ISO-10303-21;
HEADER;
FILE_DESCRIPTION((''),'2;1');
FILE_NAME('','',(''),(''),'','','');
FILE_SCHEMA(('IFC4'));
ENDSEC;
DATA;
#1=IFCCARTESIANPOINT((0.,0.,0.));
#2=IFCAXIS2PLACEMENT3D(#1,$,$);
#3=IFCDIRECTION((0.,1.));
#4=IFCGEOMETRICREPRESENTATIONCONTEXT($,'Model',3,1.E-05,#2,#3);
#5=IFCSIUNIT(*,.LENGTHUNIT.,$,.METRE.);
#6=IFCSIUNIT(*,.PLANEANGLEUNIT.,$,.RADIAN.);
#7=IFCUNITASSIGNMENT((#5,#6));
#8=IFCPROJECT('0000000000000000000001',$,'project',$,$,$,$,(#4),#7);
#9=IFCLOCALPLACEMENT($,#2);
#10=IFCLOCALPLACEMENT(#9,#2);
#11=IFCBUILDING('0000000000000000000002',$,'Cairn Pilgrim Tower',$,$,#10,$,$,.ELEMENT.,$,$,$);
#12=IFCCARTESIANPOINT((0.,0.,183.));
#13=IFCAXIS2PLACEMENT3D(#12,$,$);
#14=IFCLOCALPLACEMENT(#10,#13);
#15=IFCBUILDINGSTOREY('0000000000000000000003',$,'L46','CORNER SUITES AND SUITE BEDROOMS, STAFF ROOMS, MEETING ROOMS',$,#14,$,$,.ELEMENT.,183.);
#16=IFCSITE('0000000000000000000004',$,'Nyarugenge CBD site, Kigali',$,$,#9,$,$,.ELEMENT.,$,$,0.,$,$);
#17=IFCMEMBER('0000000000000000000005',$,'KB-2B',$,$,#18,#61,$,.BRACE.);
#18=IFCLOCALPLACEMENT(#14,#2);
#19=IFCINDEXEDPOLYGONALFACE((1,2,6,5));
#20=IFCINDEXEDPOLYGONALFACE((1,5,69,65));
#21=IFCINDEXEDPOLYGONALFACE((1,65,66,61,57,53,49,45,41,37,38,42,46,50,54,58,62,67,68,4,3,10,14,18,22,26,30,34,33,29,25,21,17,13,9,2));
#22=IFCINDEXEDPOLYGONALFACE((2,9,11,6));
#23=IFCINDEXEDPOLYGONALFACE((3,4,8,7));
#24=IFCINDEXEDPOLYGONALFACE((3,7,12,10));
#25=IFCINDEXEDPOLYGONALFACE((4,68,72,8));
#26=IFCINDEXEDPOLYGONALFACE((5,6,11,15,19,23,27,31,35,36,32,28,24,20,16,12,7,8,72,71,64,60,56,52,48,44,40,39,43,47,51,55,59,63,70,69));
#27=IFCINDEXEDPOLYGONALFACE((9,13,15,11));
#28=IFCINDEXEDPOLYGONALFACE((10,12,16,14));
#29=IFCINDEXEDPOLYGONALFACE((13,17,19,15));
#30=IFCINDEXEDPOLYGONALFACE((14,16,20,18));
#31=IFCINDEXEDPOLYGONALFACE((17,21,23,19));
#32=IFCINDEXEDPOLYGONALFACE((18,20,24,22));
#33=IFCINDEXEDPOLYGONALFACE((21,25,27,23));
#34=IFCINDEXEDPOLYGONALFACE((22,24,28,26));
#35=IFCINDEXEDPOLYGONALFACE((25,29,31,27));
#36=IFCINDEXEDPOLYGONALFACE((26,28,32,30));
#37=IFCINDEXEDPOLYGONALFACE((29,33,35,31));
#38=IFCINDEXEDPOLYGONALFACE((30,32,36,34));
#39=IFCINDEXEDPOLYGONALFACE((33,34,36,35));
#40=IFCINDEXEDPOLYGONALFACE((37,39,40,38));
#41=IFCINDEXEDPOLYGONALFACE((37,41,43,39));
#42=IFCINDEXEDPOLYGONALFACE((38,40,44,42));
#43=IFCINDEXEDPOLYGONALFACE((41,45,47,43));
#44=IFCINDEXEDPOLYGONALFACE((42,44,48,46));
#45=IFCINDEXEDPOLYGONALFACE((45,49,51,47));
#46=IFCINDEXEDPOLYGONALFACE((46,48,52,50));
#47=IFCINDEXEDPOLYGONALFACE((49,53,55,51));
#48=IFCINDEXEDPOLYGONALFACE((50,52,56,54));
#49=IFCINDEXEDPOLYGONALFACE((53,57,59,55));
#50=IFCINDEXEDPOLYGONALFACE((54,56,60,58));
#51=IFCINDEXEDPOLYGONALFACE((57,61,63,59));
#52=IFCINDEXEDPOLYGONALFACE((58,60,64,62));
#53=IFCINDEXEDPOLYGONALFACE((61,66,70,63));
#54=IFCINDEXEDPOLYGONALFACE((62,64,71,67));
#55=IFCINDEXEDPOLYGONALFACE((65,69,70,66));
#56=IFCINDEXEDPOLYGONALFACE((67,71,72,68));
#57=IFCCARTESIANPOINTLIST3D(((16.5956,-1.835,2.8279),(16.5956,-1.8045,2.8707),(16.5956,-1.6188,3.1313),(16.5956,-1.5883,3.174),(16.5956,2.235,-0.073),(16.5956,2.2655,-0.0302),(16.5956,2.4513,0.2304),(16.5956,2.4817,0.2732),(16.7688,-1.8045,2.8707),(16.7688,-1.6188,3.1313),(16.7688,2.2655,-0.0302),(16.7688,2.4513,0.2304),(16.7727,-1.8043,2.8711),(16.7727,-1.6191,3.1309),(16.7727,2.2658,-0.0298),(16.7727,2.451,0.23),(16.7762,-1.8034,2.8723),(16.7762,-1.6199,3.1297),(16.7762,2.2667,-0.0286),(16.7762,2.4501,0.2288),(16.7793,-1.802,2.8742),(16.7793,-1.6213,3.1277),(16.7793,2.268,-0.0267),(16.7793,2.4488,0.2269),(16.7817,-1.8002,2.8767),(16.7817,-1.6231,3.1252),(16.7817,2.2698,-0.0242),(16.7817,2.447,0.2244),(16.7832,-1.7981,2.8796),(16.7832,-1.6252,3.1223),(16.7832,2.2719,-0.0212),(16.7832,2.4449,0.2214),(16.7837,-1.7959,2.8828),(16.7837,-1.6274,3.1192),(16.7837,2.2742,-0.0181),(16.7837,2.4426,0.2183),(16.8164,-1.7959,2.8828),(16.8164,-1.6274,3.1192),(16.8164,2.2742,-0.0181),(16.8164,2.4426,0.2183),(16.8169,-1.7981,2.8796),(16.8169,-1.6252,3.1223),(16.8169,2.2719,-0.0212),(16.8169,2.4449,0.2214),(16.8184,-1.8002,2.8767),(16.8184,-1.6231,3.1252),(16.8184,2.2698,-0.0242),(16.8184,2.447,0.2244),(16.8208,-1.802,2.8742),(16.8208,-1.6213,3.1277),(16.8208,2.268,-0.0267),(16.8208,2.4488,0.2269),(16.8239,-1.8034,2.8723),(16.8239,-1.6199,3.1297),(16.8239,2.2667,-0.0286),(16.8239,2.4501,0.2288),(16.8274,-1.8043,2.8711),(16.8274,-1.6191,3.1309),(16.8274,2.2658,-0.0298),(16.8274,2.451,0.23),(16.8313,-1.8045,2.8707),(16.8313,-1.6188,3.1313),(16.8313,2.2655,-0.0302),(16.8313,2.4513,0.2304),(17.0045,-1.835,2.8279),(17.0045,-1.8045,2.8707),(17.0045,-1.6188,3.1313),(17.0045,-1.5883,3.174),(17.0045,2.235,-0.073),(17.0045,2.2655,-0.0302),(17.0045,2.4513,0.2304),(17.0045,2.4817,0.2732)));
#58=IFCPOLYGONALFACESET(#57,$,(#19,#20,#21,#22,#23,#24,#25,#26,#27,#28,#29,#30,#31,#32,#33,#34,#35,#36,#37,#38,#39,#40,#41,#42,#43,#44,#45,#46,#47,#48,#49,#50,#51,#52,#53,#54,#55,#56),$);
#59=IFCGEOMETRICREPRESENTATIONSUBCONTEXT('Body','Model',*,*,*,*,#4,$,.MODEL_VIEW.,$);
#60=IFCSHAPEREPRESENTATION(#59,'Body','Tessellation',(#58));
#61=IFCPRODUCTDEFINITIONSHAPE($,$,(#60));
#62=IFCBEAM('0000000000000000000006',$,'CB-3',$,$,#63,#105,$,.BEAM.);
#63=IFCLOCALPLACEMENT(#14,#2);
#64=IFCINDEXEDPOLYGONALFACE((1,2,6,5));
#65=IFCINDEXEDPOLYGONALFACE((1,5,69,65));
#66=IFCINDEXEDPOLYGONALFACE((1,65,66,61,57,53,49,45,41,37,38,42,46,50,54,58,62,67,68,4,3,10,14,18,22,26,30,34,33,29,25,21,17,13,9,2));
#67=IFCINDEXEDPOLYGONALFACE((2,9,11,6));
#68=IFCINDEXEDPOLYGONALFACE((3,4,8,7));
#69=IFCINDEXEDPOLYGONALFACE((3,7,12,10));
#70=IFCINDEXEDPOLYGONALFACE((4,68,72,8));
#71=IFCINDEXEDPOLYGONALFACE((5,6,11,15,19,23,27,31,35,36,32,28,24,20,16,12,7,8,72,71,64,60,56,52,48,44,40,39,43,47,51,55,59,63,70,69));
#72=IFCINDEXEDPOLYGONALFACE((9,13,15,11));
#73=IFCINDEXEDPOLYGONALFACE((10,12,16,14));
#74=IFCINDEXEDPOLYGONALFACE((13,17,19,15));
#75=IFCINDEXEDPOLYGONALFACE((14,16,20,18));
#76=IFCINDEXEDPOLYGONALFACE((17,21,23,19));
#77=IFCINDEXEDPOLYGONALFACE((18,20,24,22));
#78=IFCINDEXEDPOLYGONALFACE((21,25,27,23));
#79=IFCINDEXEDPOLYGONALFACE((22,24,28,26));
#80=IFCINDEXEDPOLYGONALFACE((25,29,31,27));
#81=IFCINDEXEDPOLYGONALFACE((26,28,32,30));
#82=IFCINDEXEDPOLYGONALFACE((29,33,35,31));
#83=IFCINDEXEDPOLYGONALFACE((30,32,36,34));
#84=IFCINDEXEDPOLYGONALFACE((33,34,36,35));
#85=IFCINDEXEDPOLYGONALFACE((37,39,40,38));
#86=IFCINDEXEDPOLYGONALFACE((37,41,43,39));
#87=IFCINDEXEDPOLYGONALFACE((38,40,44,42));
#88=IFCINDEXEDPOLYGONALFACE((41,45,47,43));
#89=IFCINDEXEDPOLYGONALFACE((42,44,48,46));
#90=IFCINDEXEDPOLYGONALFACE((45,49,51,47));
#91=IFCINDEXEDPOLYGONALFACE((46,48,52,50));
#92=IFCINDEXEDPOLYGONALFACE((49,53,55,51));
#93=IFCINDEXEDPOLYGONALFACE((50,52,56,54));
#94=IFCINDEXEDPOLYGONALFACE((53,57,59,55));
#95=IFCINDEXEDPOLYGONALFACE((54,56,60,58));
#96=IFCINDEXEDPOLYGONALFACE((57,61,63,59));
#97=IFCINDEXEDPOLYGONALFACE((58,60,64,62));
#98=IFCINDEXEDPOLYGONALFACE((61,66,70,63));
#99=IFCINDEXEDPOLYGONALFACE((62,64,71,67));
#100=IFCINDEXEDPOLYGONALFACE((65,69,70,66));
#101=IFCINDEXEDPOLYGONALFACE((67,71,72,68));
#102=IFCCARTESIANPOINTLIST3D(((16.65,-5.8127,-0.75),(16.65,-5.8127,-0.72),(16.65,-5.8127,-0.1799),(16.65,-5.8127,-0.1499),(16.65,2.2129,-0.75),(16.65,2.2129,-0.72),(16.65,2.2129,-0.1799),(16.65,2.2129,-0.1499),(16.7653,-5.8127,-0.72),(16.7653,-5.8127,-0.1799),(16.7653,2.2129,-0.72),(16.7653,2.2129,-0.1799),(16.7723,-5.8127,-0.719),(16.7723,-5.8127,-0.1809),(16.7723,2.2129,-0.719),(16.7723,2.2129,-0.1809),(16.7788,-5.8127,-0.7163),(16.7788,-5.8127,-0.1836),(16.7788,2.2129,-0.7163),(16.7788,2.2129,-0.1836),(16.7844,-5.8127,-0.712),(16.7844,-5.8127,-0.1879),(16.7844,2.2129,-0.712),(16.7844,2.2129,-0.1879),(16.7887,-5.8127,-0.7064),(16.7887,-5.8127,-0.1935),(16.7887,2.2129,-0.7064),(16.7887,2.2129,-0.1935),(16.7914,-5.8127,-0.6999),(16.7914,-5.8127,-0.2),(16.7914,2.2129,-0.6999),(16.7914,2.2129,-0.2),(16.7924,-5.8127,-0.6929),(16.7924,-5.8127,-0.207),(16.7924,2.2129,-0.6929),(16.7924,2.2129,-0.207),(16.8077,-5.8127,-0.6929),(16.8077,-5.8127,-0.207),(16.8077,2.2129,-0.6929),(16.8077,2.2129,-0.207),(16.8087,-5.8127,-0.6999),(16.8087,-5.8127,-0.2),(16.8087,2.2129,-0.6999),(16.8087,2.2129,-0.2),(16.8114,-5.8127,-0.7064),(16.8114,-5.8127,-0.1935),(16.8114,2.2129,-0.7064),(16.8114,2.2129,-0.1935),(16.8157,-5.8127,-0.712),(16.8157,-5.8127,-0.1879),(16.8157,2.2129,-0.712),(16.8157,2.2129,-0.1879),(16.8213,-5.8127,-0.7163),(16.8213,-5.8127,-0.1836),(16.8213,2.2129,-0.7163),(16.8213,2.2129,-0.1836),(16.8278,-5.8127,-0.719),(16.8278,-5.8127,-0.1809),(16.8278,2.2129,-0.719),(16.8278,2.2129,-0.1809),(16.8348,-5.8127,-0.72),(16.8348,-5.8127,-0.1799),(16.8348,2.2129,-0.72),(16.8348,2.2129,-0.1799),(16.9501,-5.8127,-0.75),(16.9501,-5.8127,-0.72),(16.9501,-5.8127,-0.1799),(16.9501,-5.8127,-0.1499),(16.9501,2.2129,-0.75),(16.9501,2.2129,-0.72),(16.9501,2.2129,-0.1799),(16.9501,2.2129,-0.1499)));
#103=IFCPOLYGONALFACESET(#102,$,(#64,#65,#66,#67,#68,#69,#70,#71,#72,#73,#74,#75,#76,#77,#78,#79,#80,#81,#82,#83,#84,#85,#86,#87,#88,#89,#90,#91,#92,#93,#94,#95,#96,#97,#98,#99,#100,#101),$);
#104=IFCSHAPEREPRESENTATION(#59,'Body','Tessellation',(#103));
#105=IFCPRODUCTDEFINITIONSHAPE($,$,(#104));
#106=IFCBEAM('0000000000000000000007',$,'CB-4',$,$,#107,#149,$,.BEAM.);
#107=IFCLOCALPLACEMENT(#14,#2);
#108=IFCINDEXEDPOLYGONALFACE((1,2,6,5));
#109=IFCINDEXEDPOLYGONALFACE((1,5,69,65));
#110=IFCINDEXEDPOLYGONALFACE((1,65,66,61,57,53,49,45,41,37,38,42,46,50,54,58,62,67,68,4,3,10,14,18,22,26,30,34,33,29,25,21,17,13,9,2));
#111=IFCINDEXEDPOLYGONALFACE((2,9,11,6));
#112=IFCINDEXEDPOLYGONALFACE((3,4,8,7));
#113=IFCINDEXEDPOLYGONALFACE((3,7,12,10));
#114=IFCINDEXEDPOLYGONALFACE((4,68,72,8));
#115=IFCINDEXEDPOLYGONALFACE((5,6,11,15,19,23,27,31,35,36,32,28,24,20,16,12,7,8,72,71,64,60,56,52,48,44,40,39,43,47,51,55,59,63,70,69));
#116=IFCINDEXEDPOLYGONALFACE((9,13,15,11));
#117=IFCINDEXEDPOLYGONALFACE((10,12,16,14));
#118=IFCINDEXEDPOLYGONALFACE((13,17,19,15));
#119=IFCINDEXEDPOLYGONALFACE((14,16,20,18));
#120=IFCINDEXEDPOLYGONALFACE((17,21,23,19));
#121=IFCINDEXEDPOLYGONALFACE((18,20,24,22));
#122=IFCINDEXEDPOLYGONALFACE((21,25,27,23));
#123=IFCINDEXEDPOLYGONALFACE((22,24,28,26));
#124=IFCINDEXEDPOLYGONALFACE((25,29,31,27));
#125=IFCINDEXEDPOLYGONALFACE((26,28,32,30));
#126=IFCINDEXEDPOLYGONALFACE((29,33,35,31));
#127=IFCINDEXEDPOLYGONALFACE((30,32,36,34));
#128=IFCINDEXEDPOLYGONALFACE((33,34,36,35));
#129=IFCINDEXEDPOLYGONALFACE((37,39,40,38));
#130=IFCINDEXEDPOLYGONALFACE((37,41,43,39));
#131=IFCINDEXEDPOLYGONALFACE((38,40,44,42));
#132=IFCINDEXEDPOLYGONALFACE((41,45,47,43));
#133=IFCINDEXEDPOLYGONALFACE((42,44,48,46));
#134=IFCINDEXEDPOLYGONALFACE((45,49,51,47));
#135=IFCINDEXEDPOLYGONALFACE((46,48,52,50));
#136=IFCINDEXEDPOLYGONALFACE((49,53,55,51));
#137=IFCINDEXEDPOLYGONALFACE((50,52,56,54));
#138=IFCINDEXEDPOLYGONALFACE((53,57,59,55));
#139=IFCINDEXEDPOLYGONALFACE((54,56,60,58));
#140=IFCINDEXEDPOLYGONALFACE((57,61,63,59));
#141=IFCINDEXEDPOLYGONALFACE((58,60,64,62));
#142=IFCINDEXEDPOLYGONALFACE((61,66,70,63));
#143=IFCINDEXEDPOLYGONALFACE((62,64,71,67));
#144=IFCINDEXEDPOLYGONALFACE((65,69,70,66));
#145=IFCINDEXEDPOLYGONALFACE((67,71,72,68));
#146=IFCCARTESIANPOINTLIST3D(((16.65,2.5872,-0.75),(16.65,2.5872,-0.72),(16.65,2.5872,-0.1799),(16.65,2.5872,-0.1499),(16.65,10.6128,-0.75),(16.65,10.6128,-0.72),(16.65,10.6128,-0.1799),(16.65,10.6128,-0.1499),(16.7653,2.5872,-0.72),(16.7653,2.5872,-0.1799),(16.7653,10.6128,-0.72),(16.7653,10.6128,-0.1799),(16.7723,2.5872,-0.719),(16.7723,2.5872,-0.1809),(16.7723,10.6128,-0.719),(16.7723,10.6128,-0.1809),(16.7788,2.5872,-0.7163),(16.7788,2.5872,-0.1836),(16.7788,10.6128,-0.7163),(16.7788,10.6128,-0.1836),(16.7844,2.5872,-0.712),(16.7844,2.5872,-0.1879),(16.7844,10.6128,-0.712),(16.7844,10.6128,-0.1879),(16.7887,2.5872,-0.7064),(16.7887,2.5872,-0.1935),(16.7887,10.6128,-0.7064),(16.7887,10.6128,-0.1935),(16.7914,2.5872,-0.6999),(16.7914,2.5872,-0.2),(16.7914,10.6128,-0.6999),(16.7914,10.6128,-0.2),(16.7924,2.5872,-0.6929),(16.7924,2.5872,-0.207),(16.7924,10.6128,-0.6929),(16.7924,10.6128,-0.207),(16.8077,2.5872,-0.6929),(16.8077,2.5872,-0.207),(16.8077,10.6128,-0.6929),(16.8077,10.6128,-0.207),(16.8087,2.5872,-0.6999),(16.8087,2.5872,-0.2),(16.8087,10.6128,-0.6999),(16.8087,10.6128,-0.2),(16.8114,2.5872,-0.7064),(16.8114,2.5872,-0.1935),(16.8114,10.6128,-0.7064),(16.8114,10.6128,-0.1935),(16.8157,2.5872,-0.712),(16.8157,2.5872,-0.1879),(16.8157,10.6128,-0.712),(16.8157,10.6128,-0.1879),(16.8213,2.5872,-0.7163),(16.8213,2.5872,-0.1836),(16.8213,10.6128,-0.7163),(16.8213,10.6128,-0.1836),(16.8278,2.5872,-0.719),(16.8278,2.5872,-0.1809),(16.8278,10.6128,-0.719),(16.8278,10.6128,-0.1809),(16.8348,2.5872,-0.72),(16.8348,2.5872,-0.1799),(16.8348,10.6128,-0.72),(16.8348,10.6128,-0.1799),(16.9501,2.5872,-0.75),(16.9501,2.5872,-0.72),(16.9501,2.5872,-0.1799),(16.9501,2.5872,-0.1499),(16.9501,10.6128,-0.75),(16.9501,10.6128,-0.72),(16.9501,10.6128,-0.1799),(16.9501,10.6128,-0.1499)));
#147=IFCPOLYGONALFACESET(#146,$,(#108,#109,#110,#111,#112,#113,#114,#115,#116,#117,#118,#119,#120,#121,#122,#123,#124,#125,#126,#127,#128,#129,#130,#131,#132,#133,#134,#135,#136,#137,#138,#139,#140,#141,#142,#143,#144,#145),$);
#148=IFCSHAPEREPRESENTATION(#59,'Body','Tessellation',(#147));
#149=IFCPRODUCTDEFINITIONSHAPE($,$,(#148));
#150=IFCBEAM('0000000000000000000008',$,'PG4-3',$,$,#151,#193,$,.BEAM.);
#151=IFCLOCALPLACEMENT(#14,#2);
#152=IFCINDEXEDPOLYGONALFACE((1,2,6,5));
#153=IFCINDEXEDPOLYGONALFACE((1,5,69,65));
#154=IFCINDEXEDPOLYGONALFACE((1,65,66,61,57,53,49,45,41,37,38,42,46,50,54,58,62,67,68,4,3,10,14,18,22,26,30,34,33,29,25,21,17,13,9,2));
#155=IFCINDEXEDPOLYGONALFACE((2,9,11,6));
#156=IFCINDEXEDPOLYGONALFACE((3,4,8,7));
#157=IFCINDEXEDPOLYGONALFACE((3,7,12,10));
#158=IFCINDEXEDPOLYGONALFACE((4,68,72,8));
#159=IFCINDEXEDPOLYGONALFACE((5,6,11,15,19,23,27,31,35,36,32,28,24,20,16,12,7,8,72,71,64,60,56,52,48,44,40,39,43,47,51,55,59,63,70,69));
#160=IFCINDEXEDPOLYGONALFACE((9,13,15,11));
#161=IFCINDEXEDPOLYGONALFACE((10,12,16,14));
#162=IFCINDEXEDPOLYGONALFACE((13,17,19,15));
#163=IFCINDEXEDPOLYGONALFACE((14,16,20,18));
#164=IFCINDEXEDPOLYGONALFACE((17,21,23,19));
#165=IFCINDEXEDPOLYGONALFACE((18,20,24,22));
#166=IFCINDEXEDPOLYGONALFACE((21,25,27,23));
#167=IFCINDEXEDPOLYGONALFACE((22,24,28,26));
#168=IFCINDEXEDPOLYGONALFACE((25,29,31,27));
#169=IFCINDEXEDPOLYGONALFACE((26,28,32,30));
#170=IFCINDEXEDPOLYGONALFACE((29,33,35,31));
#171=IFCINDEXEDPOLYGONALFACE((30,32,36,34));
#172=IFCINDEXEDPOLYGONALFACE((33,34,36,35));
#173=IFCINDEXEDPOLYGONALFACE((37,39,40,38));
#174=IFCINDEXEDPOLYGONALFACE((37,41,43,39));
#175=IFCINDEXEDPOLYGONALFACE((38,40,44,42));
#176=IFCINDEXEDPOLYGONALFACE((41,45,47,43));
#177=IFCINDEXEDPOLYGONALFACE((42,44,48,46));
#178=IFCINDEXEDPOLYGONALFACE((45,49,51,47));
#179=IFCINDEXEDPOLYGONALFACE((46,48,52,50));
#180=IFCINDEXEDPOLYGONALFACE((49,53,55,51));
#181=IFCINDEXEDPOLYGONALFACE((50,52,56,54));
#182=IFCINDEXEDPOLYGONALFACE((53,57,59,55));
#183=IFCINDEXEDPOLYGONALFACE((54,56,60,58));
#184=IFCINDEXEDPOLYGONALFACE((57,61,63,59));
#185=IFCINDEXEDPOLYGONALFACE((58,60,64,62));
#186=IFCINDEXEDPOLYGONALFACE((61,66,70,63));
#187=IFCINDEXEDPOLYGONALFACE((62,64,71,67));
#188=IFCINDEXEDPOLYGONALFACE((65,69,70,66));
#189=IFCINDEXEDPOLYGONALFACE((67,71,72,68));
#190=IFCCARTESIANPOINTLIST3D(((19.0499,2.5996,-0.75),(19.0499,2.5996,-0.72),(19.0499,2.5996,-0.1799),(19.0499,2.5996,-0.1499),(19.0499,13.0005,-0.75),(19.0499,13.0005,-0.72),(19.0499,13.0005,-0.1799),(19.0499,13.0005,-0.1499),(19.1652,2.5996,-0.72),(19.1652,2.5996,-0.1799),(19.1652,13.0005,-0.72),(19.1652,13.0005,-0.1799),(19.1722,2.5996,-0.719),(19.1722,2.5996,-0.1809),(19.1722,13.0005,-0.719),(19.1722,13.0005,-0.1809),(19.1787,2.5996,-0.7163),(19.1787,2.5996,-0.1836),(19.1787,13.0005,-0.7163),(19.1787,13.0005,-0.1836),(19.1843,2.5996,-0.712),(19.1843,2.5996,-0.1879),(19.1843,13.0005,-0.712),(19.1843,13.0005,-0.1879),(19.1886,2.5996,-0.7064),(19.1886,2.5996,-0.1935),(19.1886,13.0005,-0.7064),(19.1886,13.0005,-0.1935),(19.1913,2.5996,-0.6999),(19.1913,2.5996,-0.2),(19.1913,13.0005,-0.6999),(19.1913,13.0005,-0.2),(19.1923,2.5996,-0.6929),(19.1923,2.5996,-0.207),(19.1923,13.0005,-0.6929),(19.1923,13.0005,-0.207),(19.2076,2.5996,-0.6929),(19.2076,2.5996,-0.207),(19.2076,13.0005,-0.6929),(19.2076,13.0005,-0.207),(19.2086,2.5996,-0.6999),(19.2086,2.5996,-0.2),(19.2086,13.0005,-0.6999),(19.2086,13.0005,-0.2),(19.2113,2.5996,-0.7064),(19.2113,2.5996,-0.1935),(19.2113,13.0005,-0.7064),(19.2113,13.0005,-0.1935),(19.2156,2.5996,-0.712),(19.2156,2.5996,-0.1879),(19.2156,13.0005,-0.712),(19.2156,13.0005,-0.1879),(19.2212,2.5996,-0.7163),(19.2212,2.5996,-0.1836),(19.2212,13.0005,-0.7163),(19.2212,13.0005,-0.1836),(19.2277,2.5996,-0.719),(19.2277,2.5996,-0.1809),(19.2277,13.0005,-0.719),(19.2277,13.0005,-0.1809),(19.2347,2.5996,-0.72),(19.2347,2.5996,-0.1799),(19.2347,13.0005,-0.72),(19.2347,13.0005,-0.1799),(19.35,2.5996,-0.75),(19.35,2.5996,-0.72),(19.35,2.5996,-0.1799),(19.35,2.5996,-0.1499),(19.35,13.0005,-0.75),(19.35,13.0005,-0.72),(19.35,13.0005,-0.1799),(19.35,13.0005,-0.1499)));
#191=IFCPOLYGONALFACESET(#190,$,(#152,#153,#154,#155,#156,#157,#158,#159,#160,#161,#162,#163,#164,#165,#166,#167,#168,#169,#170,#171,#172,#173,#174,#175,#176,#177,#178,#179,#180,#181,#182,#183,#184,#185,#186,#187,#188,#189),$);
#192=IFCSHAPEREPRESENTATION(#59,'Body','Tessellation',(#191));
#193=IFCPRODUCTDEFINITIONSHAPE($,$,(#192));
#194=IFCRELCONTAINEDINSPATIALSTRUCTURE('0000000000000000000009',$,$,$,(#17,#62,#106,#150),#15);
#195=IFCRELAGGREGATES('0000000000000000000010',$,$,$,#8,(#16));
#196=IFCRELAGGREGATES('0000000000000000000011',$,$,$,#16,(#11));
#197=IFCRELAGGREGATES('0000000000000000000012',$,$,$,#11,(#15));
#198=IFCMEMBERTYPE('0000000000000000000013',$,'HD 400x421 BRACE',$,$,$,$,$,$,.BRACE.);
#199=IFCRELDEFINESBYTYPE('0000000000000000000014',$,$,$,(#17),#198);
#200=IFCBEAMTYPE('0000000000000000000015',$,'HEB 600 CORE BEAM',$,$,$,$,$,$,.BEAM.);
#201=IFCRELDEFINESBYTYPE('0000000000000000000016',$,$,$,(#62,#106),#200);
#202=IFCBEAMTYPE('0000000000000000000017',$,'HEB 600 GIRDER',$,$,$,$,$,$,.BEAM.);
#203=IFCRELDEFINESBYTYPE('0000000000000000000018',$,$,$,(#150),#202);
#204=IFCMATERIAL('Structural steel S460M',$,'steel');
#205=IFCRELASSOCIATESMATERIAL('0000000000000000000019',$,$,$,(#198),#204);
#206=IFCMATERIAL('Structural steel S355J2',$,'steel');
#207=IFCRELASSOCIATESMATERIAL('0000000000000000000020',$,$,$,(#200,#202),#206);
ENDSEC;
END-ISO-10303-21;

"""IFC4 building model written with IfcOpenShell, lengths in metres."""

from ifc_helpers import new_model, si_unit, direction, frame, origin, origin_2d, place, context, subcontext, project, spatial, i_section, extrude, material, material_profile, profile_set, type_object, element, save


model = new_model("IFC4")

# Units and contexts
model_context = context("Model", 3, precision=1e-05, world=origin(), true_north=direction((0.0, 1.0)))
body_context = subcontext(model_context, "Body", "Model", "MODEL_VIEW")
ifc_project = project(units=[si_unit("LENGTHUNIT", "METRE"), si_unit("PLANEANGLEUNIT", "RADIAN")], contexts=[model_context])

# Site, building, storey
site_placement = place(None, origin())
site = spatial("IfcSite", under=ifc_project, at=site_placement, Name="Nyarugenge CBD site, Kigali", CompositionType="ELEMENT", RefElevation=0.0)
building_placement = place(site_placement, origin())
building = spatial("IfcBuilding", under=site, at=building_placement, Name="Cairn Pilgrim Tower", CompositionType="ELEMENT")
storey_placement = place(building_placement, frame((0.0, 0.0, 183.0)))
storey = spatial("IfcBuildingStorey", under=building, at=storey_placement, Name="L46", Description="CORNER SUITES AND SUITE BEDROOMS, STAFF ROOMS, MEETING ROOMS", CompositionType="ELEMENT", Elevation=183.0)

# Shared definitions
ifc_material_1 = material(Name="Structural steel S355J2", Category="steel")
ifc_material_2 = material(Name="Structural steel S460M", Category="steel")

# Member
ifc_material_profile_1 = material_profile(ifc_material_2, i_section(OverallWidth=0.4089, OverallDepth=0.425, WebThickness=0.0327, FlangeThickness=0.0525, FilletRadius=0.0149, at=origin_2d()), Name="HD 400x421")
ifc_profile_set_1 = profile_set([ifc_material_profile_1], Name="Structural steel S460M")
member_type = type_object("IfcMemberType", Name="HD 400x421 BRACE", PredefinedType="BRACE", material=ifc_profile_set_1)
member_1_placement = place(storey_placement, frame((16.8, 2.3584, 0.1001), z_axis=(0.0, -0.81433, 0.580402), x_axis=(1.0, 0.0, 0.0)))
element("IfcMember", 1, at=member_1_placement, inside=storey, type_object=member_type, Name="KB-2B", PredefinedType="BRACE", context=body_context, shape_type="SweptSolid", body=[
    extrude(i_section(OverallWidth=0.4089, OverallDepth=0.425, WebThickness=0.0327, FlangeThickness=0.0525, FilletRadius=0.0149, at=origin_2d()), origin(), (0.0, 0.0, 1.0), 4.998),
])

# Beams
ifc_material_profile_2 = material_profile(ifc_material_1, i_section(OverallWidth=0.3, OverallDepth=0.6001, WebThickness=0.0154, FlangeThickness=0.03, FilletRadius=0.0271, at=origin_2d()), Name="HEB 600")
ifc_profile_set_2 = profile_set([ifc_material_profile_2], Name="Structural steel S355J2")
beam_type_1 = type_object("IfcBeamType", Name="HEB 600 CORE BEAM", PredefinedType="BEAM", material=ifc_profile_set_2)
for number, where, z_axis, x_axis, name in (
    (2, (16.8, -5.8127, -0.45), (0.0, 1.0, 0.0), (-1.0, 0.0, 0.0), "CB-3"),
    (3, (16.8, 2.5872, -0.45), (0.0, 1.0, 0.0), (-1.0, 0.0, 0.0), "CB-4"),
):
    element("IfcBeam", number, at=place(storey_placement, frame(where, z_axis=z_axis, x_axis=x_axis)), inside=storey, type_object=beam_type_1, Name=name, PredefinedType="BEAM", context=body_context, shape_type="SweptSolid", body=[
        extrude(i_section(OverallWidth=0.3, OverallDepth=0.6001, WebThickness=0.0154, FlangeThickness=0.03, FilletRadius=0.0271, at=origin_2d()), origin(), (0.0, 0.0, 1.0), 8.0256),
    ])
ifc_material_profile_3 = material_profile(ifc_material_1, i_section(OverallWidth=0.3, OverallDepth=0.6001, WebThickness=0.0154, FlangeThickness=0.03, FilletRadius=0.0271, at=origin_2d()), Name="HEB 600")
ifc_profile_set_3 = profile_set([ifc_material_profile_3], Name="Structural steel S355J2")
beam_type_2 = type_object("IfcBeamType", Name="HEB 600 GIRDER", PredefinedType="BEAM", material=ifc_profile_set_3)
beam_1_placement = place(storey_placement, frame((19.2, 2.5996, -0.45), z_axis=(0.0, 1.0, 0.0), x_axis=(-1.0, 0.0, 0.0)))
element("IfcBeam", 4, at=beam_1_placement, inside=storey, type_object=beam_type_2, Name="PG4-3", PredefinedType="BEAM", context=body_context, shape_type="SweptSolid", body=[
    extrude(i_section(OverallWidth=0.3, OverallDepth=0.6001, WebThickness=0.0154, FlangeThickness=0.03, FilletRadius=0.0271, at=origin_2d()), origin(), (0.0, 0.0, 1.0), 10.4009),
])

save(model, "model.ifc")
